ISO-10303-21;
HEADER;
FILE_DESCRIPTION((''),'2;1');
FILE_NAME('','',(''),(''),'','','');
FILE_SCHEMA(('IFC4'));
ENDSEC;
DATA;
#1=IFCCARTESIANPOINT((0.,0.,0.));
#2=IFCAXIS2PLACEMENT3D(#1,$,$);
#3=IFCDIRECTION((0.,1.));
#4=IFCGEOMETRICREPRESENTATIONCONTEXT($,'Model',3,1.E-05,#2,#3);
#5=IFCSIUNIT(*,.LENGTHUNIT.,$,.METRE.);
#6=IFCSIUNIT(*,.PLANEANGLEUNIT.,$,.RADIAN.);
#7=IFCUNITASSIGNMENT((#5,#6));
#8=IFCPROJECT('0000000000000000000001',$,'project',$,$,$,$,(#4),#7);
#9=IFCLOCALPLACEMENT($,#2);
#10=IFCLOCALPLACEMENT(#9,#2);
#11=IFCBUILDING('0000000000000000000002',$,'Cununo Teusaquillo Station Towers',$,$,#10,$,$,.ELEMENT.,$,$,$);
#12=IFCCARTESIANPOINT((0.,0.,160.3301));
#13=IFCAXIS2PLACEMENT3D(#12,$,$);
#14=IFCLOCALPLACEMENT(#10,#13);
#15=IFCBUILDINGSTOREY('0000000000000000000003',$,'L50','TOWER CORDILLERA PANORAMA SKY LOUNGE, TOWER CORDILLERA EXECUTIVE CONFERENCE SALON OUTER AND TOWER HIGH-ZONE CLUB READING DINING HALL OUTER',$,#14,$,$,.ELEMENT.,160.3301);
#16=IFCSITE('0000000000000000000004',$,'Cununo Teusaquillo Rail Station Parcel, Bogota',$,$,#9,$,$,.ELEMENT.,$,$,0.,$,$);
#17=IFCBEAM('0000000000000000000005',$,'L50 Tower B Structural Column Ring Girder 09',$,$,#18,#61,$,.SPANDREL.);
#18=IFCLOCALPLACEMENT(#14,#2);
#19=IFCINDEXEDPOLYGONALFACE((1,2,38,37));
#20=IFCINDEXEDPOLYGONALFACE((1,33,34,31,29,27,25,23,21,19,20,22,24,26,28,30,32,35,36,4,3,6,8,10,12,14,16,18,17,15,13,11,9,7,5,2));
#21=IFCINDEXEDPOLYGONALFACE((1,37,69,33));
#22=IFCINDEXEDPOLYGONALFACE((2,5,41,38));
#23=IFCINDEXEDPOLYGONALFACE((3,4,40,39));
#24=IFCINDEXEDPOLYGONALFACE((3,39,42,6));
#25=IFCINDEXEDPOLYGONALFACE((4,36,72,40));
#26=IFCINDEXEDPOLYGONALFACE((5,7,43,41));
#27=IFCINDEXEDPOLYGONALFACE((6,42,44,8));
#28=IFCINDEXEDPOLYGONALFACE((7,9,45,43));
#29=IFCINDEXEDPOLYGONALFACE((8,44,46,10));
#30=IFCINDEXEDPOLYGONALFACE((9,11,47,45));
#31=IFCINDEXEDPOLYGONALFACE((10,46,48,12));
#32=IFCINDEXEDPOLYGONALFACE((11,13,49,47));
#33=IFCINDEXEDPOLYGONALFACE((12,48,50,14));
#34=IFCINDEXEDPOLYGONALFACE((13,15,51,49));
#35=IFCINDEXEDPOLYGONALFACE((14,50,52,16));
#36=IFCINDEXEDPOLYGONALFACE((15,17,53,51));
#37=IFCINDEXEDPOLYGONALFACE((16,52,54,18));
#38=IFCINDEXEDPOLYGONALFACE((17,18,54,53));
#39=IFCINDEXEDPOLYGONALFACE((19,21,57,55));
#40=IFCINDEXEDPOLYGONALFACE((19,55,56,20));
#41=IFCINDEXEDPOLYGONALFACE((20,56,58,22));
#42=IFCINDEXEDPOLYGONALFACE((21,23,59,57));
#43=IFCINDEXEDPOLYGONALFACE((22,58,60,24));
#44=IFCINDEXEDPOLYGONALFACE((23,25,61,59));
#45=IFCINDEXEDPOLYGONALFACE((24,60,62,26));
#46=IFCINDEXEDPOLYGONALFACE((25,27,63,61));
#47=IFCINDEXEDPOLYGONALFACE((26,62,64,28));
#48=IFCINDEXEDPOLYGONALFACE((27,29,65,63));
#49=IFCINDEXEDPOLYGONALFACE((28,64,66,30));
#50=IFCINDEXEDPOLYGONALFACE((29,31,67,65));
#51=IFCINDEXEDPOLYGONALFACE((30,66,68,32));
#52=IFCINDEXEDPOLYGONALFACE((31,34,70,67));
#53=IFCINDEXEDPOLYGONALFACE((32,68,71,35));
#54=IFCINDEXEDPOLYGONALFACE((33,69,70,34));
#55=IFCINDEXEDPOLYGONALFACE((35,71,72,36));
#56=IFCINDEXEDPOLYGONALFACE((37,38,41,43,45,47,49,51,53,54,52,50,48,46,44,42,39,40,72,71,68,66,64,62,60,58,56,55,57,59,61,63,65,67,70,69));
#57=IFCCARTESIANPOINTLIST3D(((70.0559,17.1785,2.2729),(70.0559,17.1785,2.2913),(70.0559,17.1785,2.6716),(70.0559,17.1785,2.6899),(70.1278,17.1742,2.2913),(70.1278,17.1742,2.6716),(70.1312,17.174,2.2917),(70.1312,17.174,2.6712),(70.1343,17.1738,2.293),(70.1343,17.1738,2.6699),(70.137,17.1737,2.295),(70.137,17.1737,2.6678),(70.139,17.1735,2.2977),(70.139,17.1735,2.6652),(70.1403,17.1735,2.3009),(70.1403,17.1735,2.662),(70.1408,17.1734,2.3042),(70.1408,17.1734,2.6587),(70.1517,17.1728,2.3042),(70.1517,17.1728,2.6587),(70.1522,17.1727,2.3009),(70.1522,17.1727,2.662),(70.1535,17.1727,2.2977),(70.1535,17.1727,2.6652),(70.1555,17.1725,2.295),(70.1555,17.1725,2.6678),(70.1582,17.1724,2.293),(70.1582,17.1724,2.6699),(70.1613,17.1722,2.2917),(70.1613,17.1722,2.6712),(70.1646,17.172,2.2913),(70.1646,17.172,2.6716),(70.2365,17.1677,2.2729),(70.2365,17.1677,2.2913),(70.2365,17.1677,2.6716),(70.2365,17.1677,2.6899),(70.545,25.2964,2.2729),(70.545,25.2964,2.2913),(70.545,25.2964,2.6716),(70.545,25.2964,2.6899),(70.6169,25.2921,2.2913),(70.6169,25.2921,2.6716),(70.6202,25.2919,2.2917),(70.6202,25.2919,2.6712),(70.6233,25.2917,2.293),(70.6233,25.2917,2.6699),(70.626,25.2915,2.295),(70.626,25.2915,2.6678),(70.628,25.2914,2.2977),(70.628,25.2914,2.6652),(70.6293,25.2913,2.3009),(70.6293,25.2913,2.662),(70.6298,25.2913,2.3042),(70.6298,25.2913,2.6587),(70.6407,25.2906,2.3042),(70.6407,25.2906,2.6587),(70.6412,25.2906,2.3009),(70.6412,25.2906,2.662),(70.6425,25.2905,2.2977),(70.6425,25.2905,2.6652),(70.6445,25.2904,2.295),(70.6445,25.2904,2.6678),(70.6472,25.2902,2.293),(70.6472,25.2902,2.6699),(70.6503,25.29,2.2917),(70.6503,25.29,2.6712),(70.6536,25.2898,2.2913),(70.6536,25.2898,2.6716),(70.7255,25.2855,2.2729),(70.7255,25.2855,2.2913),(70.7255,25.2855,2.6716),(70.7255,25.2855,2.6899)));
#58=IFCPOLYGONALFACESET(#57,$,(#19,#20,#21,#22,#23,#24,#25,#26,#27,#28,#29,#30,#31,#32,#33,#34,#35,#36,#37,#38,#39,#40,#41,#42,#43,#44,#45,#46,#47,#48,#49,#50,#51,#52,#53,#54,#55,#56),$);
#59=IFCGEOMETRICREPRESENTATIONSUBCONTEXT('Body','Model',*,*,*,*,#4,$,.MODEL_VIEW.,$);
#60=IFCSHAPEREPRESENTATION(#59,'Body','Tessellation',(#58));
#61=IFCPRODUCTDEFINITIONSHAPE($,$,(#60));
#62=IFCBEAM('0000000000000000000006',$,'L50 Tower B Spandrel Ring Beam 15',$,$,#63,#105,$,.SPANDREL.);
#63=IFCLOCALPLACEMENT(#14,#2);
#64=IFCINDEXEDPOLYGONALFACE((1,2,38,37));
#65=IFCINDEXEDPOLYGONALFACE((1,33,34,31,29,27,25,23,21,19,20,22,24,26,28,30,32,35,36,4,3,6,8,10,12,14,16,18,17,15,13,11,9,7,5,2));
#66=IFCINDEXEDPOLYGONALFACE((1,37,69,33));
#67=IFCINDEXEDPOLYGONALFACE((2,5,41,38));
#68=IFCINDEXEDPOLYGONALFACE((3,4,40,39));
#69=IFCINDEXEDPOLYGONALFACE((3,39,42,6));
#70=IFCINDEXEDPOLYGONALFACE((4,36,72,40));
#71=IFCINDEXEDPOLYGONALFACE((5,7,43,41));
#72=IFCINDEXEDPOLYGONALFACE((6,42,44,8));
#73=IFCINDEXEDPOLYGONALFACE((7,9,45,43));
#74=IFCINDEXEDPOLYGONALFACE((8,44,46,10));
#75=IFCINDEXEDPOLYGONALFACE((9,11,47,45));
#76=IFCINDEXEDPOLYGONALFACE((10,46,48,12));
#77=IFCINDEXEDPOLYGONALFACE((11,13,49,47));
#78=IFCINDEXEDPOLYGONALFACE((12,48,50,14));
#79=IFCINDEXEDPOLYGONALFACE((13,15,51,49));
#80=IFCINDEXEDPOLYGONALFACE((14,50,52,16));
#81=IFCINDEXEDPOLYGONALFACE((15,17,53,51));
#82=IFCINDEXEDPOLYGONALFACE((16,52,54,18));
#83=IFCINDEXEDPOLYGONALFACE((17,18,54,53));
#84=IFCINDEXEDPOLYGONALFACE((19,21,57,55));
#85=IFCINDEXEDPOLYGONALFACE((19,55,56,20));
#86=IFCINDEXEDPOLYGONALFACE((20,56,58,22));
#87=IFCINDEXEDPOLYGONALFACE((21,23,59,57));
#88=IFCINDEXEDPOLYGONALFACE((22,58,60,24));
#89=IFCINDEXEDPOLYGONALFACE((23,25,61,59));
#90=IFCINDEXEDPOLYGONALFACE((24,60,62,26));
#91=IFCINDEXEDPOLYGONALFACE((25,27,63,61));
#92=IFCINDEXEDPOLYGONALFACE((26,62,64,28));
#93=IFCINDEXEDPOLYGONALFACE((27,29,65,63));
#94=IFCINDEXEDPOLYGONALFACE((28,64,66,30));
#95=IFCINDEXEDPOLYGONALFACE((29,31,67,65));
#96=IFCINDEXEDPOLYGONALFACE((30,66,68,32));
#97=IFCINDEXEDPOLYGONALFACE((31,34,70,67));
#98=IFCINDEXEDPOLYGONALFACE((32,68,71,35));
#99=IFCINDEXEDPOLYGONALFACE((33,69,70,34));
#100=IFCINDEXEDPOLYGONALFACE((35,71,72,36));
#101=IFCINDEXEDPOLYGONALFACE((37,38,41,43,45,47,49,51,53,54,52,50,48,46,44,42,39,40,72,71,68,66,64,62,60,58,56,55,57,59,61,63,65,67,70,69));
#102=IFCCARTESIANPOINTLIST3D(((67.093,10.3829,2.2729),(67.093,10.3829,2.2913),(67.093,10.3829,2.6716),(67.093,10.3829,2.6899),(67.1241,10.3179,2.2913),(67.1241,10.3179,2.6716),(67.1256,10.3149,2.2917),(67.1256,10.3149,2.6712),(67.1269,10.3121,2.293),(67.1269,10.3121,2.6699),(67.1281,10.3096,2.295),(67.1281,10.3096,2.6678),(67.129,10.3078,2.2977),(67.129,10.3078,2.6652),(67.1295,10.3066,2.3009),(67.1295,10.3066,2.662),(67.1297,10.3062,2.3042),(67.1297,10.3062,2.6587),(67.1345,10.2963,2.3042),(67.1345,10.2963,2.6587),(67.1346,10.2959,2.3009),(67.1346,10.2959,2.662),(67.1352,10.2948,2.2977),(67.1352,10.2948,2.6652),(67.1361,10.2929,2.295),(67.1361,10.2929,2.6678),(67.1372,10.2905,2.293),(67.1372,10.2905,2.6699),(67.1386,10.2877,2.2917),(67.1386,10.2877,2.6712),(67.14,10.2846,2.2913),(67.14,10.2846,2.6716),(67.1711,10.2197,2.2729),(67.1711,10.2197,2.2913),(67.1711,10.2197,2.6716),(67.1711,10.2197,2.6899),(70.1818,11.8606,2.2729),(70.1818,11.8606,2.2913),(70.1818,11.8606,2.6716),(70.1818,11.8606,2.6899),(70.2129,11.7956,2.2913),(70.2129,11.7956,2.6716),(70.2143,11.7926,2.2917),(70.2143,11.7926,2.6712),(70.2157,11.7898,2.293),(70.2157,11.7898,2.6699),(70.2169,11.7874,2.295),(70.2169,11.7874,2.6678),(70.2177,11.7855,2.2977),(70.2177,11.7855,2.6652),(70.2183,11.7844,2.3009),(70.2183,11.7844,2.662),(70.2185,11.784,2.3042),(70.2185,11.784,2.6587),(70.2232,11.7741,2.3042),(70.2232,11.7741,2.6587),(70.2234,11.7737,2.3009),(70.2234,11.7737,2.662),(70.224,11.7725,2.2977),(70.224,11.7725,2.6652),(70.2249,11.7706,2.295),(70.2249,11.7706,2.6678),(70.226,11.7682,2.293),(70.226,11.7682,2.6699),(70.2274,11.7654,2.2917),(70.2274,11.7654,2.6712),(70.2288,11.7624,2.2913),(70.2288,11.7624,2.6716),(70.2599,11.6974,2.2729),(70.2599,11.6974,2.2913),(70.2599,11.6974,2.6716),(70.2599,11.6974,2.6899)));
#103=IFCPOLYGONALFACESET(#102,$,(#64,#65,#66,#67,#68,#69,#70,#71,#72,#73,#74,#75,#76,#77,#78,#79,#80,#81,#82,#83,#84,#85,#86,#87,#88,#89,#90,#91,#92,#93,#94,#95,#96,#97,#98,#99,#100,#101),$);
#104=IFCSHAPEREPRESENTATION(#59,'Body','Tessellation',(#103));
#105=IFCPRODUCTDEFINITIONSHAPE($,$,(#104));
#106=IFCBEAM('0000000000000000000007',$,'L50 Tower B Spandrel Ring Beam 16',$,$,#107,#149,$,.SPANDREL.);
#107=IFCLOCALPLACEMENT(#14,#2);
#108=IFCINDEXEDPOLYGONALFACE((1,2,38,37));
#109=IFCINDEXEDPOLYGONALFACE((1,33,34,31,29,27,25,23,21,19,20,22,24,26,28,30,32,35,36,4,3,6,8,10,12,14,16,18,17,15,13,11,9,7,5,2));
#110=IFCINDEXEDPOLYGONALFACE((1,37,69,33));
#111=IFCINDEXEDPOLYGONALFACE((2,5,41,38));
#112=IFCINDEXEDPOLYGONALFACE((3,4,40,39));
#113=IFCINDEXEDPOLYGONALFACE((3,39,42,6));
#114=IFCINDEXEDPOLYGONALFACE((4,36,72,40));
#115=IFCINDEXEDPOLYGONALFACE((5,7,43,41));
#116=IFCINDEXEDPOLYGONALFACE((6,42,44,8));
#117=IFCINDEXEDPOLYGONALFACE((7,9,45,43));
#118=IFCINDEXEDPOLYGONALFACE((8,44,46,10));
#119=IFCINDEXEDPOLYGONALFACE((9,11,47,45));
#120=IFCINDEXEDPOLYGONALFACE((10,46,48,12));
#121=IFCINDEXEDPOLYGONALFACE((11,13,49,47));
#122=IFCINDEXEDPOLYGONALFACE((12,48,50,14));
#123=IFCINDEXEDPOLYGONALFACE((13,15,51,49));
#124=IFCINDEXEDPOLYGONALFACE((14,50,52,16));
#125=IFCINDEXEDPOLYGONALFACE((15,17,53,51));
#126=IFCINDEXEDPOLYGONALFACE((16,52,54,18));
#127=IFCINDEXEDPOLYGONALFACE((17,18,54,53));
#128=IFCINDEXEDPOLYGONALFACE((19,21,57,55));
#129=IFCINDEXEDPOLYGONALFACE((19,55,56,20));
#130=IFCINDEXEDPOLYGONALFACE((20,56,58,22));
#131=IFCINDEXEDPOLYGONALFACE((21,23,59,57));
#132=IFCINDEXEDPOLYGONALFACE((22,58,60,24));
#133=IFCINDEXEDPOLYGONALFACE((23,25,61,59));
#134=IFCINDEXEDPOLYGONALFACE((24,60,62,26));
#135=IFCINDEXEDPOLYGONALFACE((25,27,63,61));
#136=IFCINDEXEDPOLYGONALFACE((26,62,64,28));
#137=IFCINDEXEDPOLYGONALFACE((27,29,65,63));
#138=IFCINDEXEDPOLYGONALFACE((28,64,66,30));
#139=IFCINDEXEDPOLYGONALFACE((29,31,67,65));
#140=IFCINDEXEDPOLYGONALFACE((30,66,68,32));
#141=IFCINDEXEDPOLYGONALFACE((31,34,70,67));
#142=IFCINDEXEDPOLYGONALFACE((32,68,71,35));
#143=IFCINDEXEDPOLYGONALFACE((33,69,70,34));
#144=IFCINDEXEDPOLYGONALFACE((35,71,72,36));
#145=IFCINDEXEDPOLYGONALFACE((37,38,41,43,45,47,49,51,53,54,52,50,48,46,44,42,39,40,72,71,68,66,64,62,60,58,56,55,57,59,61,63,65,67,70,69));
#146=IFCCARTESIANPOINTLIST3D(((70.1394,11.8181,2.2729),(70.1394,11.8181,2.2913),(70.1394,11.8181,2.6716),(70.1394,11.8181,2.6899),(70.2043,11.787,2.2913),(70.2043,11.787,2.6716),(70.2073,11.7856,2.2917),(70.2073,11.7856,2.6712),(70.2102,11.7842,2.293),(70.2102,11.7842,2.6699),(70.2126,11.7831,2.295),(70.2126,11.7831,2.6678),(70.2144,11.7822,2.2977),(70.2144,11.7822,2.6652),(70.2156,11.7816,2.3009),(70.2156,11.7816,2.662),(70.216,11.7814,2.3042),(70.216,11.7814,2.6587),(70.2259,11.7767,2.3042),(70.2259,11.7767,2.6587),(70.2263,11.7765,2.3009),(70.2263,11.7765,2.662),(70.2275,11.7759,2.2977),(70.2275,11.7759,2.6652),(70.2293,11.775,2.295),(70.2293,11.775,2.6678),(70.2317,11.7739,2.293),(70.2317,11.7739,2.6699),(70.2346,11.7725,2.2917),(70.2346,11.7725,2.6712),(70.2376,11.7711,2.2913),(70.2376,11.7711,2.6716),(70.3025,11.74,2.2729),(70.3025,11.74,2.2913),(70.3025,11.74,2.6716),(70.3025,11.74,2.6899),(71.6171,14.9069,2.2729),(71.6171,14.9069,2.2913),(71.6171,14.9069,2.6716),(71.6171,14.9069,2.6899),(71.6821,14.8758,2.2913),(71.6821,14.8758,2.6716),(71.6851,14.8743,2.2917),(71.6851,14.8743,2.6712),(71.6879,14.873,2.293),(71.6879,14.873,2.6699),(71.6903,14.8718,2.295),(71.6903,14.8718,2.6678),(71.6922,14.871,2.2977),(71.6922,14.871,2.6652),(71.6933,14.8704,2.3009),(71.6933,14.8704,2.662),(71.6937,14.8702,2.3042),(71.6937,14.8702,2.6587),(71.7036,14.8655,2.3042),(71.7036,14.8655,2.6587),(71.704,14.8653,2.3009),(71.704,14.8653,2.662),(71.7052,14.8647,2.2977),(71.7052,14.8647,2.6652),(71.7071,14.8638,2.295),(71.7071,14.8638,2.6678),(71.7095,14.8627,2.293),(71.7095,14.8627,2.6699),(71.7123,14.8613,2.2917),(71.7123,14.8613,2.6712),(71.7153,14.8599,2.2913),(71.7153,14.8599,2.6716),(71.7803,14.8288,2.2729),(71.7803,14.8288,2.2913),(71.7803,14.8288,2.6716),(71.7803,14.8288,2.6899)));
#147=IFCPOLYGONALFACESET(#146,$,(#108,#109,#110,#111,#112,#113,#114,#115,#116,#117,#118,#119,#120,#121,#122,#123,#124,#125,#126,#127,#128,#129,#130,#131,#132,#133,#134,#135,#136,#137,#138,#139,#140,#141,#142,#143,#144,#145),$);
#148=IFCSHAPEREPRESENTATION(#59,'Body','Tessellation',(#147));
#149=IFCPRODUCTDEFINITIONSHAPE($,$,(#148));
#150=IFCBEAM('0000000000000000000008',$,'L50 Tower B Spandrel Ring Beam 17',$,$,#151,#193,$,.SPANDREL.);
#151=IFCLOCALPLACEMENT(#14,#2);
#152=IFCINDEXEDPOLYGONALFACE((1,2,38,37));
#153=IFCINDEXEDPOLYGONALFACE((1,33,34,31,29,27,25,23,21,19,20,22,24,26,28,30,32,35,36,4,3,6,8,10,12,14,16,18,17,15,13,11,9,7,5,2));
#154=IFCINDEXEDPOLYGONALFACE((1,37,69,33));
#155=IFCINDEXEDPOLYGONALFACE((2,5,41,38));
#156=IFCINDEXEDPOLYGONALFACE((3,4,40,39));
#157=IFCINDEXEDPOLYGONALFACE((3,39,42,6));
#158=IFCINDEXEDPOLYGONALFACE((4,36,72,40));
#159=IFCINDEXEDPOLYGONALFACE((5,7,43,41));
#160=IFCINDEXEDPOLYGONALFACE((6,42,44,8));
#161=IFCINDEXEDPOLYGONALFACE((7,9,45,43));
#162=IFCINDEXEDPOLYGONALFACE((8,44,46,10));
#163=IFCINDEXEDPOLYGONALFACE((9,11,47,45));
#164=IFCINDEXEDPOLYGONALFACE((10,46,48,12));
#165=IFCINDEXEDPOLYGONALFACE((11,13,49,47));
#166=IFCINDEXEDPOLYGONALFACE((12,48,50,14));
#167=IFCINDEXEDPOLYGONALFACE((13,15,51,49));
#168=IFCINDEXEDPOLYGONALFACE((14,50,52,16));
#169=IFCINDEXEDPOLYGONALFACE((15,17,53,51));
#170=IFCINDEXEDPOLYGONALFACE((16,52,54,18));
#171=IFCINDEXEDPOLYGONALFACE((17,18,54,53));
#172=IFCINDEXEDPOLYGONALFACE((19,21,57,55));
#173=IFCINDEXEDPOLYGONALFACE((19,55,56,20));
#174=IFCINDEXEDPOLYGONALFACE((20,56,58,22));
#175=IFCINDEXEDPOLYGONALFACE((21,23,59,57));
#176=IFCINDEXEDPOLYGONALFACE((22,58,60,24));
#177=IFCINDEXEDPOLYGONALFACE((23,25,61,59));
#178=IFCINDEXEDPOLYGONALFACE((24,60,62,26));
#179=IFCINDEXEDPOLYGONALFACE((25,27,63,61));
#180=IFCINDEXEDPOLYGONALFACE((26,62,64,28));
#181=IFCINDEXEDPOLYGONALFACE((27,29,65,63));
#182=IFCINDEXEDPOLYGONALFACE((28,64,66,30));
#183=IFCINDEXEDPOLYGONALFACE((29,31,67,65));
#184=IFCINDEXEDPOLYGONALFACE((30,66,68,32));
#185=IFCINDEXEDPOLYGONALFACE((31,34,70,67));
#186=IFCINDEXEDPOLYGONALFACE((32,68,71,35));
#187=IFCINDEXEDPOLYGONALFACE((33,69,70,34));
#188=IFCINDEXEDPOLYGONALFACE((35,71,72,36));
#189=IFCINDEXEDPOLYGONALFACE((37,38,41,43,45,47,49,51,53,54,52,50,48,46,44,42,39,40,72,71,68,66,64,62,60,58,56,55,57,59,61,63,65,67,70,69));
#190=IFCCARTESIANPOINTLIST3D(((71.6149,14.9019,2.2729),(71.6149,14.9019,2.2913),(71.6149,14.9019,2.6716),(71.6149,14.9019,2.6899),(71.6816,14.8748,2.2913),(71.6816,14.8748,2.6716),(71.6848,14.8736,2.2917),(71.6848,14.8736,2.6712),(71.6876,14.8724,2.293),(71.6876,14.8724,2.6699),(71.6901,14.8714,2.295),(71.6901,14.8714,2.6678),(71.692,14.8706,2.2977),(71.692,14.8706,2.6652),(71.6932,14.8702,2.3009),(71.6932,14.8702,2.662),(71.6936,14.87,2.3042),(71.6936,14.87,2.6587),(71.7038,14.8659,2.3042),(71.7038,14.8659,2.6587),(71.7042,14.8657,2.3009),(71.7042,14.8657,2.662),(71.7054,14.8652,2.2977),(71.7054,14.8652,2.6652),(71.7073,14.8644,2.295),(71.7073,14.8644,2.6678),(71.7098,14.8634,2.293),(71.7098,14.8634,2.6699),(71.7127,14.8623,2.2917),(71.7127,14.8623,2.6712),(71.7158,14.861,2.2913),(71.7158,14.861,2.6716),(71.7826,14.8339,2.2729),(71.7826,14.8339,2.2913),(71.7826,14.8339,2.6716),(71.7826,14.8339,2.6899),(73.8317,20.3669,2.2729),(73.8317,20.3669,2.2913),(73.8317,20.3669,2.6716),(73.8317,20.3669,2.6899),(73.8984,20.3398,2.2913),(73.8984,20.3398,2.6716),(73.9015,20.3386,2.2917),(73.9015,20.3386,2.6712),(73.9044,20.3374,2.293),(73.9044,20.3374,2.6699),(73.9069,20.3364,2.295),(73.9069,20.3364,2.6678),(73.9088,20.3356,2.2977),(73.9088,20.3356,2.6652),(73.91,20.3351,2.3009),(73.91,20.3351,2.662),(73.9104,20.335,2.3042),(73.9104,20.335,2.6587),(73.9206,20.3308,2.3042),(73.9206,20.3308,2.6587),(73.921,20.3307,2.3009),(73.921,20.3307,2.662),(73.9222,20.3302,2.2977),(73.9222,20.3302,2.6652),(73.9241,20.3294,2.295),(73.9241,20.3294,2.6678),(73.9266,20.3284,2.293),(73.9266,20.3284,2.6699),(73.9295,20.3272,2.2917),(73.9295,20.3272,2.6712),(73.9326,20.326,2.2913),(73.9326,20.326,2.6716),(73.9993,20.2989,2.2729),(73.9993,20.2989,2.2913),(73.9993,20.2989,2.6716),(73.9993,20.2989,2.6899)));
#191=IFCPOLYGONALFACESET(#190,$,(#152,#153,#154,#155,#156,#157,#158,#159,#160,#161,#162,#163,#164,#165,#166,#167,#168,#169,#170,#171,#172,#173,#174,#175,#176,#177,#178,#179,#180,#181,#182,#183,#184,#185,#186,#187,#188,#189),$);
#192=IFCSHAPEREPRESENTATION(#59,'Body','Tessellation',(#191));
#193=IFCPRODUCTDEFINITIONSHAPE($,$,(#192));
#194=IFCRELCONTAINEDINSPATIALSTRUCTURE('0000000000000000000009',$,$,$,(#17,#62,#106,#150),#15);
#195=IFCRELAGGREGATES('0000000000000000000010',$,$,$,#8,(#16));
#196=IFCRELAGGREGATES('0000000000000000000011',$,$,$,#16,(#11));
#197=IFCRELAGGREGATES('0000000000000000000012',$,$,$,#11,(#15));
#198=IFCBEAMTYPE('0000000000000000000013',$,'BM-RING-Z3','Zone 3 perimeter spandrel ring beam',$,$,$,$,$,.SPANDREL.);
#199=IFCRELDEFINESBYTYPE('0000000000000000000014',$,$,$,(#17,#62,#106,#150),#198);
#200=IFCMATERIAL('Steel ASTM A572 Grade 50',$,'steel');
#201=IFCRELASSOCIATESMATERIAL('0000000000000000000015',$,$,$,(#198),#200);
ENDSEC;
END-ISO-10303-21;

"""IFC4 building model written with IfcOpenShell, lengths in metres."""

from ifc_helpers import new_model, si_unit, direction, frame, origin, origin_2d, place, context, subcontext, project, spatial, i_section, extrude, material, material_profile, profile_set, type_object, element, save


model = new_model("IFC4")

# Units and contexts
model_context = context("Model", 3, precision=1e-05, world=origin(), true_north=direction((0.0, 1.0)))
body_context = subcontext(model_context, "Body", "Model", "MODEL_VIEW")
ifc_project = project(units=[si_unit("LENGTHUNIT", "METRE"), si_unit("PLANEANGLEUNIT", "RADIAN")], contexts=[model_context])

# Site, building, storey
site_placement = place(None, origin())
site = spatial("IfcSite", under=ifc_project, at=site_placement, Name="Cununo Teusaquillo Rail Station Parcel, Bogota", CompositionType="ELEMENT", RefElevation=0.0)
building_placement = place(site_placement, origin())
building = spatial("IfcBuilding", under=site, at=building_placement, Name="Cununo Teusaquillo Station Towers", CompositionType="ELEMENT")
storey_placement = place(building_placement, frame((0.0, 0.0, 160.3301)))
storey = spatial("IfcBuildingStorey", under=building, at=storey_placement, Name="L50", Description="TOWER CORDILLERA PANORAMA SKY LOUNGE, TOWER CORDILLERA EXECUTIVE CONFERENCE SALON OUTER AND TOWER HIGH-ZONE CLUB READING DINING HALL OUTER", CompositionType="ELEMENT", Elevation=160.3301)

# Beams
ifc_material_1 = material(Name="Steel ASTM A572 Grade 50", Category="steel")
ifc_material_profile_1 = material_profile(ifc_material_1, i_section(OverallWidth=0.1809, OverallDepth=0.417, WebThickness=0.011, FlangeThickness=0.0183, FilletRadius=0.0129, at=origin_2d()), Name="W16X57")
ifc_profile_set_1 = profile_set([ifc_material_profile_1], Name="Steel ASTM A572 Grade 50")
beam_type_1 = type_object("IfcBeamType", Name="BM-RING-Z3", Description="Zone 3 perimeter spandrel ring beam", PredefinedType="SPANDREL", material=ifc_profile_set_1)
beam_1_placement = place(storey_placement, frame((70.1462, 17.1731, 2.4814), z_axis=(0.06013, 0.998191, 0.0), x_axis=(-0.998191, 0.06013, 0.0)))
element("IfcBeam", 1, at=beam_1_placement, inside=storey, type_object=beam_type_1, Name="L50 Tower B Structural Column Ring Girder 09", PredefinedType="SPANDREL", context=body_context, shape_type="SweptSolid", body=[
    extrude(i_section(OverallWidth=0.1809, OverallDepth=0.417, WebThickness=0.011, FlangeThickness=0.0183, FilletRadius=0.0129, at=origin_2d()), origin(), (0.0, 0.0, 1.0), 8.1326),
])
for number, where, z_axis, x_axis, name in (
    (2, (67.1321, 10.3013, 2.4814), (0.902078, 0.431574, 0.0), (-0.431574, 0.902078, 0.0), "L50 Tower B Spandrel Ring Beam 15"),
    (3, (70.2209, 11.7791, 2.4814), (0.431574, 0.902078, 0.0), (-0.902078, 0.431574, 0.0), "L50 Tower B Spandrel Ring Beam 16"),
):
    element("IfcBeam", number, at=place(storey_placement, frame(where, z_axis=z_axis, x_axis=x_axis)), inside=storey, type_object=beam_type_1, Name=name, PredefinedType="SPANDREL", context=body_context, shape_type="SweptSolid", body=[
        extrude(i_section(OverallWidth=0.1809, OverallDepth=0.417, WebThickness=0.011, FlangeThickness=0.0183, FilletRadius=0.0129, at=origin_2d()), origin(), (0.0, 0.0, 1.0), 3.4241),
    ])
beam_2_placement = place(storey_placement, frame((71.6987, 14.8679, 2.4814), z_axis=(0.375883, 0.926667, 0.0), x_axis=(-0.926667, 0.375883, 0.0)))
element("IfcBeam", 4, at=beam_2_placement, inside=storey, type_object=beam_type_1, Name="L50 Tower B Spandrel Ring Beam 17", PredefinedType="SPANDREL", context=body_context, shape_type="SweptSolid", body=[
    extrude(i_section(OverallWidth=0.1809, OverallDepth=0.417, WebThickness=0.011, FlangeThickness=0.0183, FilletRadius=0.0129, at=origin_2d()), origin(), (0.0, 0.0, 1.0), 5.8975),
])

save(model, "model.ifc")
